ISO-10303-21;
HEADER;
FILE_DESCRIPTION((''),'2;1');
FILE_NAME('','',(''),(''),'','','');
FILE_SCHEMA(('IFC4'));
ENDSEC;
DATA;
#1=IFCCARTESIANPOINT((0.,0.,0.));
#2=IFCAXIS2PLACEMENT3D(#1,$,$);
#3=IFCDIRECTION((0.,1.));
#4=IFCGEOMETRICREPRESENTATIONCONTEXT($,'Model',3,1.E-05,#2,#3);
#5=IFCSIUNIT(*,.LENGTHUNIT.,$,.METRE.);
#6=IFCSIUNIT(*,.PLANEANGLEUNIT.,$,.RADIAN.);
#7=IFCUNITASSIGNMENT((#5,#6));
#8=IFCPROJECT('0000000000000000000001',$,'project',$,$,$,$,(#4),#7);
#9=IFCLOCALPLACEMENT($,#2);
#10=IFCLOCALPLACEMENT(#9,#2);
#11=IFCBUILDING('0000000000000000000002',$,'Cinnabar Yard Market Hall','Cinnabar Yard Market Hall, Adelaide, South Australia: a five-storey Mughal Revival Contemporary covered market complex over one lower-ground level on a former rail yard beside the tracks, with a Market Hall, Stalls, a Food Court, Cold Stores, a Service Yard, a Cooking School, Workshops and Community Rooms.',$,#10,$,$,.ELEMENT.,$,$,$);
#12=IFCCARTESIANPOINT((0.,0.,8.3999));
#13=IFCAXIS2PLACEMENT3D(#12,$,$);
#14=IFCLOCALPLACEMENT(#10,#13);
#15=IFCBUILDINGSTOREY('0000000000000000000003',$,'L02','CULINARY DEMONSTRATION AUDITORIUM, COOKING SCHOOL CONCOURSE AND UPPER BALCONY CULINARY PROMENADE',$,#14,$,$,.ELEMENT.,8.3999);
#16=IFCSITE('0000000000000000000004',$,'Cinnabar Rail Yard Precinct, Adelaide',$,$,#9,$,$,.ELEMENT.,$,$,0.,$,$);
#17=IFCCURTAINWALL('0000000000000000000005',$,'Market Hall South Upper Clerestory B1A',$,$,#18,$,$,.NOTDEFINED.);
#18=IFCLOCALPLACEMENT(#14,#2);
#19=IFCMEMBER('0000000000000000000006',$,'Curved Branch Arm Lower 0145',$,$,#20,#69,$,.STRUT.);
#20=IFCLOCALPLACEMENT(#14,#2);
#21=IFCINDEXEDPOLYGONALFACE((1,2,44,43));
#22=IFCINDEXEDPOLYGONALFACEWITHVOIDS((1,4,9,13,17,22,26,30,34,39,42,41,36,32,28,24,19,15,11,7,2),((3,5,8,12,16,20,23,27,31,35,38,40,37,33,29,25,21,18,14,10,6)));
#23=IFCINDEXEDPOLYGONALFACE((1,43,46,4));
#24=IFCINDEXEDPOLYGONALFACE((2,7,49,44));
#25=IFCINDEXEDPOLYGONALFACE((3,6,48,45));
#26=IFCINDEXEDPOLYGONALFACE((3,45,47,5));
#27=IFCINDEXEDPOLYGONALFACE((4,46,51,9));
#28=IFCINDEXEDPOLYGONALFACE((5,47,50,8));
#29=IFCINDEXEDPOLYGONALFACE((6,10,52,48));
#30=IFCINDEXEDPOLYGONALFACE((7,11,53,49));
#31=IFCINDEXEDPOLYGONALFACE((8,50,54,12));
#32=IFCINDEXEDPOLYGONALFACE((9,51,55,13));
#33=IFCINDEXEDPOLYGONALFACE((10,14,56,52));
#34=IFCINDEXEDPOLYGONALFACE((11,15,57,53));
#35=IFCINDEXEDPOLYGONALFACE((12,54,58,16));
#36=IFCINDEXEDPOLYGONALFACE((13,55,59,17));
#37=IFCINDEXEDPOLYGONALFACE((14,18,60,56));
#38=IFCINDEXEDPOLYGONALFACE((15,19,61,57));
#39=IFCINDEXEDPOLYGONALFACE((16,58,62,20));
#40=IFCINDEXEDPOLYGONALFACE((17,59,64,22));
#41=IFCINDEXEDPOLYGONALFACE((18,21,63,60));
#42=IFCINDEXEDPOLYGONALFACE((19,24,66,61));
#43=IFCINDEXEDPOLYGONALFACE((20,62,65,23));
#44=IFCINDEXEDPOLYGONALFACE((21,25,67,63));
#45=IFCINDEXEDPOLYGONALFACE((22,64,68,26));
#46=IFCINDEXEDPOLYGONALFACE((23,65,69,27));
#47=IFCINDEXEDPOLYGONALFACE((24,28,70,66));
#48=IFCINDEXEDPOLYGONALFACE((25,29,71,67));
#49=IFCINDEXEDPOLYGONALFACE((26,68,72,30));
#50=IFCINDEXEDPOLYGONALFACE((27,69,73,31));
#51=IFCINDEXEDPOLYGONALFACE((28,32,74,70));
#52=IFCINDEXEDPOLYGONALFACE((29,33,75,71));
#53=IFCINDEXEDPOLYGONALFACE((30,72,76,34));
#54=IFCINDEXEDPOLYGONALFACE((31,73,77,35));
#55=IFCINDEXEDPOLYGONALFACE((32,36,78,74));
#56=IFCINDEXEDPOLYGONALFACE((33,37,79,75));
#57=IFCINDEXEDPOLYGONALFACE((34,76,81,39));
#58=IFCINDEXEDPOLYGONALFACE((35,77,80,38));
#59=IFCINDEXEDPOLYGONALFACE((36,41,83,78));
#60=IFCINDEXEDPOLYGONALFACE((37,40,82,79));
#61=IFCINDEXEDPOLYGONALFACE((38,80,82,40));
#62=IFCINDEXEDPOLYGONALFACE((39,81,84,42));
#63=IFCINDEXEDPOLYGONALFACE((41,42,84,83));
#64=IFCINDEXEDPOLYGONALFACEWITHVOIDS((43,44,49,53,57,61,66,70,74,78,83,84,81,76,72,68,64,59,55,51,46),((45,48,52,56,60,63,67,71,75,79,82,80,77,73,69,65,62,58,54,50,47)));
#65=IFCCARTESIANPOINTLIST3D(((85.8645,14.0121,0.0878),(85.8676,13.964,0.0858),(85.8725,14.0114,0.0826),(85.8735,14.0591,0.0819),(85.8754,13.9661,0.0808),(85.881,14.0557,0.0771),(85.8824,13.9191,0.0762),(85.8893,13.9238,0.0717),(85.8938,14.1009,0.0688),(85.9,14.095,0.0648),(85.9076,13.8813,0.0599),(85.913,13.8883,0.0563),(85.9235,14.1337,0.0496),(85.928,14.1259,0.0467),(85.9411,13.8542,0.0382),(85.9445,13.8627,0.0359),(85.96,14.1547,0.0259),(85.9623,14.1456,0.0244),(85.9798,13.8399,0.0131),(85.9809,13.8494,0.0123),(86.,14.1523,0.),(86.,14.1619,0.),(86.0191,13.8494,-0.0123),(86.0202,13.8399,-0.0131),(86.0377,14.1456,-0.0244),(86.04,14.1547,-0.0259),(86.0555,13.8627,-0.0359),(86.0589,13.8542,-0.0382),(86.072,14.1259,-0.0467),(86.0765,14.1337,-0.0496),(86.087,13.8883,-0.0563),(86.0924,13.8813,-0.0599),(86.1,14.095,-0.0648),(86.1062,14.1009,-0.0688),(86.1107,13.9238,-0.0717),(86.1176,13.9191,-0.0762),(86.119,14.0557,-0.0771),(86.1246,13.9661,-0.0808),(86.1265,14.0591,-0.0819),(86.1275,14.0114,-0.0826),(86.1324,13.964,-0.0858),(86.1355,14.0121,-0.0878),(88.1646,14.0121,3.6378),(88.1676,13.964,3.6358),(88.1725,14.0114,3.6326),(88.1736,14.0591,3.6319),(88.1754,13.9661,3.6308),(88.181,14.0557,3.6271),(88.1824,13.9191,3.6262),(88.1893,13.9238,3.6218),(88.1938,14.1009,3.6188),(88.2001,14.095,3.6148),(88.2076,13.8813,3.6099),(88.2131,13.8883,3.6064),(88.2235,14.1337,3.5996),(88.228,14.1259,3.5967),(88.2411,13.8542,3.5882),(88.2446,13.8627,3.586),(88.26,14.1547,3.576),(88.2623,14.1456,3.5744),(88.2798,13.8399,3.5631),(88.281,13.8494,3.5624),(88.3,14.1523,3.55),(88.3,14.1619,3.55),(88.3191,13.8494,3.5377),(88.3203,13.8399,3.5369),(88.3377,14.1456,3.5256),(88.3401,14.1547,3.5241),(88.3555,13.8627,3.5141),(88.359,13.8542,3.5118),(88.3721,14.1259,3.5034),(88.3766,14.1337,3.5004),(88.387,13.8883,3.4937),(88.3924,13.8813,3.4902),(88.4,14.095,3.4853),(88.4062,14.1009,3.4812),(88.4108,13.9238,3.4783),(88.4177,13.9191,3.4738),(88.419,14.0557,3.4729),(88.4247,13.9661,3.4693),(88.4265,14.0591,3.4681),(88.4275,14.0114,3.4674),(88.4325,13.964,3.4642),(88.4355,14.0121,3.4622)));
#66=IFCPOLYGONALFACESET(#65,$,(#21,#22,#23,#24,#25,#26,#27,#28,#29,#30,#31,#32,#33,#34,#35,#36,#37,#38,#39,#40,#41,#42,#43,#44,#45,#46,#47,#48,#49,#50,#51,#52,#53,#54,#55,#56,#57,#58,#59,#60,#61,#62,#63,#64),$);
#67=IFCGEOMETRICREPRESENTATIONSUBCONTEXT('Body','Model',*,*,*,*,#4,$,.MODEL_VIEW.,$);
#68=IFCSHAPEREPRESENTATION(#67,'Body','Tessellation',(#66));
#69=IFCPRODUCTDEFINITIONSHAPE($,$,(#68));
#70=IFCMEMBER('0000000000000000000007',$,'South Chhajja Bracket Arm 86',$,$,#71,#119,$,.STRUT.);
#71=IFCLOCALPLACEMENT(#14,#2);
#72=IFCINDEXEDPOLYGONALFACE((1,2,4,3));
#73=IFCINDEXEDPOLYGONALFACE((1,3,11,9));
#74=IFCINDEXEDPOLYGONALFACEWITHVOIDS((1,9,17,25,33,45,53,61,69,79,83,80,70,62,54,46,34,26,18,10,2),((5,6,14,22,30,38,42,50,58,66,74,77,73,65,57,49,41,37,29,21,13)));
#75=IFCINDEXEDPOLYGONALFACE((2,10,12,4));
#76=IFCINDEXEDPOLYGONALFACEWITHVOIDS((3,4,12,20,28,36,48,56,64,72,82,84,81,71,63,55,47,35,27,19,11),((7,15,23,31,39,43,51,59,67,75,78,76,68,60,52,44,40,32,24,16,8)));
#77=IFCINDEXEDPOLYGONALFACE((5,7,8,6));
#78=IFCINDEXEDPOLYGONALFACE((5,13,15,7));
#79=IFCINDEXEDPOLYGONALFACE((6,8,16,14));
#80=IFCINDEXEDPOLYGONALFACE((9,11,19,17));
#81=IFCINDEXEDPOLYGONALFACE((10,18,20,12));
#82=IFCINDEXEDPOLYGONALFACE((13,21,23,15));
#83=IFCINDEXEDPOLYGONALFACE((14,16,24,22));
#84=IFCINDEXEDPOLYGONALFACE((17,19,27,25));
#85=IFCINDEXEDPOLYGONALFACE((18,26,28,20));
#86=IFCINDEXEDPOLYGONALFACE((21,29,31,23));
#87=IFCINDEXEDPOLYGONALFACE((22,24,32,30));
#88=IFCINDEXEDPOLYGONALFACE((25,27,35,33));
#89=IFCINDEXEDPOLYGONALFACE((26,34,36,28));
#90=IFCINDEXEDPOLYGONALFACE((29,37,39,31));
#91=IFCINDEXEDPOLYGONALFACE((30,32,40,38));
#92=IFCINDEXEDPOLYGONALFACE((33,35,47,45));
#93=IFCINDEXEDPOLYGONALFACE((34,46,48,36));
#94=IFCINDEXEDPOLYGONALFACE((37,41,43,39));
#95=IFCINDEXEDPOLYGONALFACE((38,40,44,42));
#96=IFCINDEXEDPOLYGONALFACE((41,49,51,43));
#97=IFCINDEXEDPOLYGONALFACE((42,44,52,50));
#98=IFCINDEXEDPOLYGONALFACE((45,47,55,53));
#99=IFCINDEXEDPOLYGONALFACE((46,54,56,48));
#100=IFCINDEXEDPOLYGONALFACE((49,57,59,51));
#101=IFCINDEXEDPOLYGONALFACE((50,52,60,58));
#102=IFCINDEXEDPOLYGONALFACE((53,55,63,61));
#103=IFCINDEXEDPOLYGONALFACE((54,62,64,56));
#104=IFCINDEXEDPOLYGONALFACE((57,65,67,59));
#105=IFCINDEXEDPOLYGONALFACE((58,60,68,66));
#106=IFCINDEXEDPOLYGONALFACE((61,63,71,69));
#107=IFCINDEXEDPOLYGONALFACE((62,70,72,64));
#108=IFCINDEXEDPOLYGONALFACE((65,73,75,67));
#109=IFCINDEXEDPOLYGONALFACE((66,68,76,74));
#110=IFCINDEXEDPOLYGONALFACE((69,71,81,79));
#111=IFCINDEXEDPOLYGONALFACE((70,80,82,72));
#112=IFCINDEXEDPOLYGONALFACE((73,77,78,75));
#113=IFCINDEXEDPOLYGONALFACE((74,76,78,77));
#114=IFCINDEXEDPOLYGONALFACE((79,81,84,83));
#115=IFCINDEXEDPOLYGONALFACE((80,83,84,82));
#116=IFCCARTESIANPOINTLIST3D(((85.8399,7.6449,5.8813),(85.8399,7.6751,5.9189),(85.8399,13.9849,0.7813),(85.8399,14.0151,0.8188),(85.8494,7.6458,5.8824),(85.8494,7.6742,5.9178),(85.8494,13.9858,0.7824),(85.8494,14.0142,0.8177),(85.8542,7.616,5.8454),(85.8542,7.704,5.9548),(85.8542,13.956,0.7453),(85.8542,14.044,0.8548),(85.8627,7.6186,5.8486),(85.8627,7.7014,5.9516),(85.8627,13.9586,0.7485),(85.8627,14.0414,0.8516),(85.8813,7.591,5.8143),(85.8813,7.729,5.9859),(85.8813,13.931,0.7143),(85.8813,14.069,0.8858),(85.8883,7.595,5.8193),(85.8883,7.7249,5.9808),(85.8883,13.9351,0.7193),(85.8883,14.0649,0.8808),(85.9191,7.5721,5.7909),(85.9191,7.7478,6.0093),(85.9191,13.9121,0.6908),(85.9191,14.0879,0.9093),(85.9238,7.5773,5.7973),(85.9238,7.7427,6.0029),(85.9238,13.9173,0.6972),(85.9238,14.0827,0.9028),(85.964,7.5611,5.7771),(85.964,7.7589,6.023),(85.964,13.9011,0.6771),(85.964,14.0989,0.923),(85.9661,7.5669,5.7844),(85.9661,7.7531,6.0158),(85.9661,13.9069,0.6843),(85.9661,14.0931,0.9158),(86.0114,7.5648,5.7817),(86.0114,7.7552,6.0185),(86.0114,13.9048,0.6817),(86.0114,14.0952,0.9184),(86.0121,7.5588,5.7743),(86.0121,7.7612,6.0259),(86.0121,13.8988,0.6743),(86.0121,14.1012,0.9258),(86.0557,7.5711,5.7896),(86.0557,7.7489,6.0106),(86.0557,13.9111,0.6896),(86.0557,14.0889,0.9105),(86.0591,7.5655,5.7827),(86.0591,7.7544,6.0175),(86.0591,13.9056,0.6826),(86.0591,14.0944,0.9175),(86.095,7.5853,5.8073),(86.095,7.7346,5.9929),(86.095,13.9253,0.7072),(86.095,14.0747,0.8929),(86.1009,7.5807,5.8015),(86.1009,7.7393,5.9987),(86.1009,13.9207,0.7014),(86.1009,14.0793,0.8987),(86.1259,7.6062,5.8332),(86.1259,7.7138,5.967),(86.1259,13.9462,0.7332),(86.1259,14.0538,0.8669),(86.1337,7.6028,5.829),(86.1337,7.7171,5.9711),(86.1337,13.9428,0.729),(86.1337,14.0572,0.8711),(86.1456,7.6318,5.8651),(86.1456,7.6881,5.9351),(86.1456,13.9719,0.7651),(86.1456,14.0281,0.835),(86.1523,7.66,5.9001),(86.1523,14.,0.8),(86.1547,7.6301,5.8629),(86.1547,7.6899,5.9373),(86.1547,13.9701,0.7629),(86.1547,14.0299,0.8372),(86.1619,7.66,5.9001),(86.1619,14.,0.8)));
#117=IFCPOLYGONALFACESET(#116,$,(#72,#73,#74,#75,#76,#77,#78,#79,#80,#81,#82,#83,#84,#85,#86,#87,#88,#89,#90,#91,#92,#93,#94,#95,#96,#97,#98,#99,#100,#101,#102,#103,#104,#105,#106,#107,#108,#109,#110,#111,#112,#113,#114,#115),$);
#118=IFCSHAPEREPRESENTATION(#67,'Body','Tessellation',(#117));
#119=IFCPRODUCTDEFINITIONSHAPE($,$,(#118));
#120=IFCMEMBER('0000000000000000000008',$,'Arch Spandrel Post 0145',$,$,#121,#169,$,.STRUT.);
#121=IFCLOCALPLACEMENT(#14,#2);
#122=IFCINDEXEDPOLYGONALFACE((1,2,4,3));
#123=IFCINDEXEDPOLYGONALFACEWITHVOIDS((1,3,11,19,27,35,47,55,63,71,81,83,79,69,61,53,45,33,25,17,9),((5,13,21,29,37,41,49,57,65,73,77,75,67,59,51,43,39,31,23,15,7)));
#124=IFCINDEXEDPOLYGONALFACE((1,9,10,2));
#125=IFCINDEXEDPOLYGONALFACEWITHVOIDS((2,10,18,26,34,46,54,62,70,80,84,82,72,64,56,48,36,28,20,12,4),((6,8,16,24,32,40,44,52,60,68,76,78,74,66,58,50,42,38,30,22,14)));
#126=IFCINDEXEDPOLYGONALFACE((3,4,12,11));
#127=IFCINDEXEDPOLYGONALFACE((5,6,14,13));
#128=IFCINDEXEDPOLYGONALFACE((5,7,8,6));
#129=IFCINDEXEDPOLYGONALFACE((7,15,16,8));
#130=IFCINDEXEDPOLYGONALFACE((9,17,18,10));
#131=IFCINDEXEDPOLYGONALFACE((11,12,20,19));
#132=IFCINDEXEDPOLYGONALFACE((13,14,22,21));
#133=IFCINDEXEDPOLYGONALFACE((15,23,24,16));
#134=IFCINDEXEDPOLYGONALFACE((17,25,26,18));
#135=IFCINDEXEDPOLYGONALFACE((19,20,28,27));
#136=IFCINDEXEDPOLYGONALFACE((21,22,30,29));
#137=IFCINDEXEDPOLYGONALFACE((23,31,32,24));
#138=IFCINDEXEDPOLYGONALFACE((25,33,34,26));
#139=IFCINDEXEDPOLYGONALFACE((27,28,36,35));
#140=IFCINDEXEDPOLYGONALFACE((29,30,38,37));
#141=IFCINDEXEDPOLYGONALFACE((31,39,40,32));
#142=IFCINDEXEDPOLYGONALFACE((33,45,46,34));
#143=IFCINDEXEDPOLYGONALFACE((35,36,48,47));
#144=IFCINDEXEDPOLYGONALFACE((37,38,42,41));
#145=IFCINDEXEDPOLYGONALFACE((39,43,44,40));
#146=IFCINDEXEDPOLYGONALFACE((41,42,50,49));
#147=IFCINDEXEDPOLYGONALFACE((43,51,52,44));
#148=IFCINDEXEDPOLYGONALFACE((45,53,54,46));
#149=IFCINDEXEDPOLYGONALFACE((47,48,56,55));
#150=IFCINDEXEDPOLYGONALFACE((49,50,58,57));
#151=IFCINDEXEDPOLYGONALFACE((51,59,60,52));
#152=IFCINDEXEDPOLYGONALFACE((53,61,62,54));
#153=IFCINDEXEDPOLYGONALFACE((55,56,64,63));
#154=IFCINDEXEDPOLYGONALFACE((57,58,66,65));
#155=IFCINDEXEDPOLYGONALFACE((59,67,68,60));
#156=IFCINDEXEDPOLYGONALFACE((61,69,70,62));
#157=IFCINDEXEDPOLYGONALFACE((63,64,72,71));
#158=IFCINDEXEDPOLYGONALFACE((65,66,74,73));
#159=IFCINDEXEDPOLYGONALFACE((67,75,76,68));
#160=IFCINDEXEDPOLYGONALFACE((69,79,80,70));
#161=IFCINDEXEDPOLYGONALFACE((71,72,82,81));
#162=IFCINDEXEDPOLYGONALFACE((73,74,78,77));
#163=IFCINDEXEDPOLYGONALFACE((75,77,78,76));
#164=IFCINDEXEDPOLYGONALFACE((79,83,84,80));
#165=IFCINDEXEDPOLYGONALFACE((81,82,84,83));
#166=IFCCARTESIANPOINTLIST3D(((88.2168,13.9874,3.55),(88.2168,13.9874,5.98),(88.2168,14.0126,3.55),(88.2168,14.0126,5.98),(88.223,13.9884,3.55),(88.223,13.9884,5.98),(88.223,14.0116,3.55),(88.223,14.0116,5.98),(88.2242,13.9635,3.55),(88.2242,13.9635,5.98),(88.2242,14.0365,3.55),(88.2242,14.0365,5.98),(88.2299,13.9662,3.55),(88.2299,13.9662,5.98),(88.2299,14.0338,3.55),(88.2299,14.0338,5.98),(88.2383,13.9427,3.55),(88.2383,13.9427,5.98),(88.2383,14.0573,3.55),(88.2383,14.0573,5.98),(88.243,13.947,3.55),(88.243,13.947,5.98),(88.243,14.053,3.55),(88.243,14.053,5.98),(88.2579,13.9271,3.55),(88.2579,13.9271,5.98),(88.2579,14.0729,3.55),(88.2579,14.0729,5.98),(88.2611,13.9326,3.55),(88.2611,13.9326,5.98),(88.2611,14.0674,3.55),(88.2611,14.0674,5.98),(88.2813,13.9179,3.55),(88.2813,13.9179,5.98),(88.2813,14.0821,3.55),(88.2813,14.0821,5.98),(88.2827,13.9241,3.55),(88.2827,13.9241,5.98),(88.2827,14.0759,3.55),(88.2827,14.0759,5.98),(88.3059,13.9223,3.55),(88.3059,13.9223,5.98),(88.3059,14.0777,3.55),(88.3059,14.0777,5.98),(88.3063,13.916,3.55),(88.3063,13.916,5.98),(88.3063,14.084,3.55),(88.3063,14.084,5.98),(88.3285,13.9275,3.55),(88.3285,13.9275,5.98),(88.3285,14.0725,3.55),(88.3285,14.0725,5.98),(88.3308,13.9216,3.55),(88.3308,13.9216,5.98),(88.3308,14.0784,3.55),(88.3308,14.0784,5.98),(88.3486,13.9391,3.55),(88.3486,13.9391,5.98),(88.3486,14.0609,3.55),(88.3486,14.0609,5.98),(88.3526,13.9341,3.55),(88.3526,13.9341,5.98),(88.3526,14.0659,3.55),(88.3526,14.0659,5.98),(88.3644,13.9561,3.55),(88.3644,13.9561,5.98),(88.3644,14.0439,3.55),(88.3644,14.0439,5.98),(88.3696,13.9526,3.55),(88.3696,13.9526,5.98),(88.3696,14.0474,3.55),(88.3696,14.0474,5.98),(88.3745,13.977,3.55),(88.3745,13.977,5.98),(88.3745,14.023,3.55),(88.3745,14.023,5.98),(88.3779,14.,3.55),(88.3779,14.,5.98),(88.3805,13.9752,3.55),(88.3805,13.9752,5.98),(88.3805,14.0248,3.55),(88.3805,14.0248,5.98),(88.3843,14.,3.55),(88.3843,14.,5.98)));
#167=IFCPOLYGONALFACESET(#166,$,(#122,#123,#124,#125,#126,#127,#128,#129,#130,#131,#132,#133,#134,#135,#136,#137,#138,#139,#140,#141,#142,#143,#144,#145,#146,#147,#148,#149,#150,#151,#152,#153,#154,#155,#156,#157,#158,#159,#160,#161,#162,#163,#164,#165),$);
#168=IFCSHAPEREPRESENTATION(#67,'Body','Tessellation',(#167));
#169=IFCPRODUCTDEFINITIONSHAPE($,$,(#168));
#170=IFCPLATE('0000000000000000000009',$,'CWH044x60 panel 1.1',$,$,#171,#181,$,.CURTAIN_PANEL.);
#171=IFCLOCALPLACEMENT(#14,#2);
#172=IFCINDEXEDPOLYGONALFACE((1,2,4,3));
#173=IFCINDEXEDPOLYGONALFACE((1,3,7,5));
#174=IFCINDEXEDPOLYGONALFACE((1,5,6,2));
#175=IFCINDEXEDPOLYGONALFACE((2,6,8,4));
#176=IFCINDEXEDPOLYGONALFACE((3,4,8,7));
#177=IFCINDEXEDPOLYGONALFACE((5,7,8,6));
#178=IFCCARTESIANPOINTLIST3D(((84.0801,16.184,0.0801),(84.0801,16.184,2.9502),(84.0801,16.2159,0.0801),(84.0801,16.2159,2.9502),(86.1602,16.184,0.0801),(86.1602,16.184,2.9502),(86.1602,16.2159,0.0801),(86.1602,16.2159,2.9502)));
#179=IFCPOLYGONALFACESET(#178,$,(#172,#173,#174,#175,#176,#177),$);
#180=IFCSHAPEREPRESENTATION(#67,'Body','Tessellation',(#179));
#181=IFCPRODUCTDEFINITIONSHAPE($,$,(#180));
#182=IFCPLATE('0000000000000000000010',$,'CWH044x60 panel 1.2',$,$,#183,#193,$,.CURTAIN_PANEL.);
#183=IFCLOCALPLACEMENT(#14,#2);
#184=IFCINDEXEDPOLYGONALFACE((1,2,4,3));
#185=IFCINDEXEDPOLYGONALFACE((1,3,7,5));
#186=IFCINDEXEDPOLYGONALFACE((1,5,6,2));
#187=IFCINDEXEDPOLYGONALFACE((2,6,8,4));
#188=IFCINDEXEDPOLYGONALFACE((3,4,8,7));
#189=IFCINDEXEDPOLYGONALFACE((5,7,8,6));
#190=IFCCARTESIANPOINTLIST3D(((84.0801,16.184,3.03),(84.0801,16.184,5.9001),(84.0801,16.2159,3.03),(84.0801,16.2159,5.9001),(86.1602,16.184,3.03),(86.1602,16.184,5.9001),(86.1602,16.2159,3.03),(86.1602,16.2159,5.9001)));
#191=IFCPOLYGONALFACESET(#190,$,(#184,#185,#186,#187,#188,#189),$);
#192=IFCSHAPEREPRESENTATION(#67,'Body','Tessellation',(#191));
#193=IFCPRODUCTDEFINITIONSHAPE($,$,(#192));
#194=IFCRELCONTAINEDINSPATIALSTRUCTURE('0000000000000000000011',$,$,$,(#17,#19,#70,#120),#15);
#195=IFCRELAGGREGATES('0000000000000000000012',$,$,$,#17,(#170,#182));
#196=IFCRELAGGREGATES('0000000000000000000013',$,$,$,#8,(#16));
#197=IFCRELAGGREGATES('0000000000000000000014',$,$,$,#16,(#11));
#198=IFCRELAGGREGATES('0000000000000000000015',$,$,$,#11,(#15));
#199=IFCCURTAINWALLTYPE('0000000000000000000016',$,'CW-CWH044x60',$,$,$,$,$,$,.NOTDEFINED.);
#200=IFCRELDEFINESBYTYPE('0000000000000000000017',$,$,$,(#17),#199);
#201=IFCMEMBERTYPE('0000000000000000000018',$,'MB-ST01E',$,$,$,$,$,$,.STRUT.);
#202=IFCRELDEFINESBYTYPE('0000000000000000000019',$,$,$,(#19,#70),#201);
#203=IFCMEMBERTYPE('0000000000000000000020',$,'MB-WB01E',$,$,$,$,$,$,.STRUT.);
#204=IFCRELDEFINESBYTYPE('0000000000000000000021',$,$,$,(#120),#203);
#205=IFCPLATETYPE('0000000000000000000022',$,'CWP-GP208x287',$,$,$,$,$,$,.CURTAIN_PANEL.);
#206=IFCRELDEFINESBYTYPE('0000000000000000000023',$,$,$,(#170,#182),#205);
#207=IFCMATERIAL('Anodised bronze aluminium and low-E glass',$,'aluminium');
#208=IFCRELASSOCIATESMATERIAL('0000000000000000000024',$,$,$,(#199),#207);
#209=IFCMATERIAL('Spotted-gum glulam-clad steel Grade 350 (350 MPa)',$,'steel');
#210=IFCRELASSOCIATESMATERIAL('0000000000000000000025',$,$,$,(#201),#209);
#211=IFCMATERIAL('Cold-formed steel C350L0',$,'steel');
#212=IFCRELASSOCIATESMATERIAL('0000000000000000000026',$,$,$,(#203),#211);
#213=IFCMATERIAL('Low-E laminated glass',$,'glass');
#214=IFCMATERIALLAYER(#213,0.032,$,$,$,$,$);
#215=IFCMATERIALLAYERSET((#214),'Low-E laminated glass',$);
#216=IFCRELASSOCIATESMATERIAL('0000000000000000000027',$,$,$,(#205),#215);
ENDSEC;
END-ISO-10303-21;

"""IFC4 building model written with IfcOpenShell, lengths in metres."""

from ifc_helpers import new_model, si_unit, direction, frame, origin, origin_2d_with_axis, place, context, subcontext, project, spatial, rectangle, hollow_circle, extrude, material, layer, layer_set, material_profile, profile_set, type_object, element, aggregate, save


model = new_model("IFC4")

# Units and contexts
model_context = context("Model", 3, precision=1e-05, world=origin(), true_north=direction((0.0, 1.0)))
body_context = subcontext(model_context, "Body", "Model", "MODEL_VIEW")
ifc_project = project(units=[si_unit("LENGTHUNIT", "METRE"), si_unit("PLANEANGLEUNIT", "RADIAN")], contexts=[model_context])

# Site, building, storey
site_placement = place(None, origin())
site = spatial("IfcSite", under=ifc_project, at=site_placement, Name="Cinnabar Rail Yard Precinct, Adelaide", CompositionType="ELEMENT", RefElevation=0.0)
building_placement = place(site_placement, origin())
building = spatial("IfcBuilding", under=site, at=building_placement, Name="Cinnabar Yard Market Hall", Description="Cinnabar Yard Market Hall, Adelaide, South Australia: a five-storey Mughal Revival Contemporary covered market complex over one lower-ground level on a former rail yard beside the tracks, with a Market Hall, Stalls, a Food Court, Cold Stores, a Service Yard, a Cooking School, Workshops and Community Rooms.", CompositionType="ELEMENT")
storey_placement = place(building_placement, frame((0.0, 0.0, 8.3999)))
storey = spatial("IfcBuildingStorey", under=building, at=storey_placement, Name="L02", Description="CULINARY DEMONSTRATION AUDITORIUM, COOKING SCHOOL CONCOURSE AND UPPER BALCONY CULINARY PROMENADE", CompositionType="ELEMENT", Elevation=8.3999)

# Shared definitions
ifc_material_1 = material(Name="Spotted-gum glulam-clad steel Grade 350 (350 MPa)", Category="steel")

# Curtain wall
ifc_material_2 = material(Name="Anodised bronze aluminium and low-E glass", Category="aluminium")
curtain_wall_type_1 = type_object("IfcCurtainWallType", Name="CW-CWH044x60", PredefinedType="NOTDEFINED", material=ifc_material_2)
curtain_wall_1_placement = place(storey_placement, origin())
curtain_wall_1 = element("IfcCurtainWall", 1, at=curtain_wall_1_placement, inside=storey, type_object=curtain_wall_type_1, Name="Market Hall South Upper Clerestory B1A", PredefinedType="NOTDEFINED")

# Members
ifc_material_profile_1 = material_profile(ifc_material_1, hollow_circle(Radius=0.1619, WallThickness=0.0095, at=origin_2d_with_axis()), Name="323.9x9.5CHS")
ifc_profile_set_1 = profile_set([ifc_material_profile_1], Name="Spotted-gum glulam-clad steel Grade 350 (350 MPa)")
member_type_1 = type_object("IfcMemberType", Name="MB-ST01E", PredefinedType="STRUT", material=ifc_profile_set_1)
member_1_placement = place(storey_placement, frame((86.0, 14.0, 0.0), z_axis=(0.543744, 0.0, 0.839251), x_axis=(0.0, 1.0, 0.0)))
element("IfcMember", 2, at=member_1_placement, inside=storey, type_object=member_type_1, Name="Curved Branch Arm Lower 0145", PredefinedType="STRUT", context=body_context, shape_type="SweptSolid", body=[
    extrude(hollow_circle(Radius=0.1619, WallThickness=0.0095, at=origin_2d_with_axis()), origin(), (0.0, 0.0, 1.0), 4.23),
])
member_2_placement = place(storey_placement, frame((86.0, 14.0, 0.8), z_axis=(0.0, -0.779186, 0.626793), x_axis=(1.0, 0.0, 0.0)))
element("IfcMember", 3, at=member_2_placement, inside=storey, type_object=member_type_1, Name="South Chhajja Bracket Arm 86", PredefinedType="STRUT", context=body_context, shape_type="SweptSolid", body=[
    extrude(hollow_circle(Radius=0.1619, WallThickness=0.0095, at=origin_2d_with_axis()), origin(), (0.0, 0.0, 1.0), 8.1367),
])
ifc_material_3 = material(Name="Cold-formed steel C350L0", Category="steel")
ifc_material_profile_2 = material_profile(ifc_material_3, hollow_circle(Radius=0.0842, WallThickness=0.0063, at=origin_2d_with_axis()), Name="168.3x6.4CHS")
ifc_profile_set_2 = profile_set([ifc_material_profile_2], Name="Cold-formed steel C350L0")
member_type_2 = type_object("IfcMemberType", Name="MB-WB01E", PredefinedType="STRUT", material=ifc_profile_set_2)
member_3_placement = place(storey_placement, frame((88.3, 14.0, 3.55), z_axis=(0.0, 0.0, 1.0), x_axis=(1.0, 0.0, 0.0)))
element("IfcMember", 4, at=member_3_placement, inside=storey, type_object=member_type_2, Name="Arch Spandrel Post 0145", PredefinedType="STRUT", context=body_context, shape_type="SweptSolid", body=[
    extrude(hollow_circle(Radius=0.0842, WallThickness=0.0063, at=origin_2d_with_axis()), origin(), (0.0, 0.0, 1.0), 2.4299),
])

# Plates
ifc_material_4 = material(Name="Low-E laminated glass", Category="glass")
ifc_layer_1 = layer(ifc_material_4, 0.032)
ifc_layer_set_1 = layer_set([ifc_layer_1], Name="Low-E laminated glass")
plate_type_1 = type_object("IfcPlateType", Name="CWP-GP208x287", PredefinedType="CURTAIN_PANEL", material=ifc_layer_set_1)
plate_1_placement = place(storey_placement, frame((85.1201, 16.2, 0.0801), z_axis=(0.0, 0.0, 1.0), x_axis=(1.0, 0.0, 0.0)))
plate_1 = element("IfcPlate", 5, at=plate_1_placement, type_object=plate_type_1, Name="CWH044x60 panel 1.1", PredefinedType="CURTAIN_PANEL", context=body_context, shape_type="SweptSolid", body=[
    extrude(rectangle(XDim=2.0801, YDim=0.032, at=origin_2d_with_axis()), origin(), (0.0, 0.0, 1.0), 2.8701),
])
plate_2_placement = place(storey_placement, frame((85.1201, 16.2, 3.03), z_axis=(0.0, 0.0, 1.0), x_axis=(1.0, 0.0, 0.0)))
plate_2 = element("IfcPlate", 6, at=plate_2_placement, type_object=plate_type_1, Name="CWH044x60 panel 1.2", PredefinedType="CURTAIN_PANEL", context=body_context, shape_type="SweptSolid", body=[
    extrude(rectangle(XDim=2.0801, YDim=0.032, at=origin_2d_with_axis()), origin(), (0.0, 0.0, 1.0), 2.8701),
])
aggregate(curtain_wall_1, [plate_1, plate_2])

save(model, "model.ifc")
